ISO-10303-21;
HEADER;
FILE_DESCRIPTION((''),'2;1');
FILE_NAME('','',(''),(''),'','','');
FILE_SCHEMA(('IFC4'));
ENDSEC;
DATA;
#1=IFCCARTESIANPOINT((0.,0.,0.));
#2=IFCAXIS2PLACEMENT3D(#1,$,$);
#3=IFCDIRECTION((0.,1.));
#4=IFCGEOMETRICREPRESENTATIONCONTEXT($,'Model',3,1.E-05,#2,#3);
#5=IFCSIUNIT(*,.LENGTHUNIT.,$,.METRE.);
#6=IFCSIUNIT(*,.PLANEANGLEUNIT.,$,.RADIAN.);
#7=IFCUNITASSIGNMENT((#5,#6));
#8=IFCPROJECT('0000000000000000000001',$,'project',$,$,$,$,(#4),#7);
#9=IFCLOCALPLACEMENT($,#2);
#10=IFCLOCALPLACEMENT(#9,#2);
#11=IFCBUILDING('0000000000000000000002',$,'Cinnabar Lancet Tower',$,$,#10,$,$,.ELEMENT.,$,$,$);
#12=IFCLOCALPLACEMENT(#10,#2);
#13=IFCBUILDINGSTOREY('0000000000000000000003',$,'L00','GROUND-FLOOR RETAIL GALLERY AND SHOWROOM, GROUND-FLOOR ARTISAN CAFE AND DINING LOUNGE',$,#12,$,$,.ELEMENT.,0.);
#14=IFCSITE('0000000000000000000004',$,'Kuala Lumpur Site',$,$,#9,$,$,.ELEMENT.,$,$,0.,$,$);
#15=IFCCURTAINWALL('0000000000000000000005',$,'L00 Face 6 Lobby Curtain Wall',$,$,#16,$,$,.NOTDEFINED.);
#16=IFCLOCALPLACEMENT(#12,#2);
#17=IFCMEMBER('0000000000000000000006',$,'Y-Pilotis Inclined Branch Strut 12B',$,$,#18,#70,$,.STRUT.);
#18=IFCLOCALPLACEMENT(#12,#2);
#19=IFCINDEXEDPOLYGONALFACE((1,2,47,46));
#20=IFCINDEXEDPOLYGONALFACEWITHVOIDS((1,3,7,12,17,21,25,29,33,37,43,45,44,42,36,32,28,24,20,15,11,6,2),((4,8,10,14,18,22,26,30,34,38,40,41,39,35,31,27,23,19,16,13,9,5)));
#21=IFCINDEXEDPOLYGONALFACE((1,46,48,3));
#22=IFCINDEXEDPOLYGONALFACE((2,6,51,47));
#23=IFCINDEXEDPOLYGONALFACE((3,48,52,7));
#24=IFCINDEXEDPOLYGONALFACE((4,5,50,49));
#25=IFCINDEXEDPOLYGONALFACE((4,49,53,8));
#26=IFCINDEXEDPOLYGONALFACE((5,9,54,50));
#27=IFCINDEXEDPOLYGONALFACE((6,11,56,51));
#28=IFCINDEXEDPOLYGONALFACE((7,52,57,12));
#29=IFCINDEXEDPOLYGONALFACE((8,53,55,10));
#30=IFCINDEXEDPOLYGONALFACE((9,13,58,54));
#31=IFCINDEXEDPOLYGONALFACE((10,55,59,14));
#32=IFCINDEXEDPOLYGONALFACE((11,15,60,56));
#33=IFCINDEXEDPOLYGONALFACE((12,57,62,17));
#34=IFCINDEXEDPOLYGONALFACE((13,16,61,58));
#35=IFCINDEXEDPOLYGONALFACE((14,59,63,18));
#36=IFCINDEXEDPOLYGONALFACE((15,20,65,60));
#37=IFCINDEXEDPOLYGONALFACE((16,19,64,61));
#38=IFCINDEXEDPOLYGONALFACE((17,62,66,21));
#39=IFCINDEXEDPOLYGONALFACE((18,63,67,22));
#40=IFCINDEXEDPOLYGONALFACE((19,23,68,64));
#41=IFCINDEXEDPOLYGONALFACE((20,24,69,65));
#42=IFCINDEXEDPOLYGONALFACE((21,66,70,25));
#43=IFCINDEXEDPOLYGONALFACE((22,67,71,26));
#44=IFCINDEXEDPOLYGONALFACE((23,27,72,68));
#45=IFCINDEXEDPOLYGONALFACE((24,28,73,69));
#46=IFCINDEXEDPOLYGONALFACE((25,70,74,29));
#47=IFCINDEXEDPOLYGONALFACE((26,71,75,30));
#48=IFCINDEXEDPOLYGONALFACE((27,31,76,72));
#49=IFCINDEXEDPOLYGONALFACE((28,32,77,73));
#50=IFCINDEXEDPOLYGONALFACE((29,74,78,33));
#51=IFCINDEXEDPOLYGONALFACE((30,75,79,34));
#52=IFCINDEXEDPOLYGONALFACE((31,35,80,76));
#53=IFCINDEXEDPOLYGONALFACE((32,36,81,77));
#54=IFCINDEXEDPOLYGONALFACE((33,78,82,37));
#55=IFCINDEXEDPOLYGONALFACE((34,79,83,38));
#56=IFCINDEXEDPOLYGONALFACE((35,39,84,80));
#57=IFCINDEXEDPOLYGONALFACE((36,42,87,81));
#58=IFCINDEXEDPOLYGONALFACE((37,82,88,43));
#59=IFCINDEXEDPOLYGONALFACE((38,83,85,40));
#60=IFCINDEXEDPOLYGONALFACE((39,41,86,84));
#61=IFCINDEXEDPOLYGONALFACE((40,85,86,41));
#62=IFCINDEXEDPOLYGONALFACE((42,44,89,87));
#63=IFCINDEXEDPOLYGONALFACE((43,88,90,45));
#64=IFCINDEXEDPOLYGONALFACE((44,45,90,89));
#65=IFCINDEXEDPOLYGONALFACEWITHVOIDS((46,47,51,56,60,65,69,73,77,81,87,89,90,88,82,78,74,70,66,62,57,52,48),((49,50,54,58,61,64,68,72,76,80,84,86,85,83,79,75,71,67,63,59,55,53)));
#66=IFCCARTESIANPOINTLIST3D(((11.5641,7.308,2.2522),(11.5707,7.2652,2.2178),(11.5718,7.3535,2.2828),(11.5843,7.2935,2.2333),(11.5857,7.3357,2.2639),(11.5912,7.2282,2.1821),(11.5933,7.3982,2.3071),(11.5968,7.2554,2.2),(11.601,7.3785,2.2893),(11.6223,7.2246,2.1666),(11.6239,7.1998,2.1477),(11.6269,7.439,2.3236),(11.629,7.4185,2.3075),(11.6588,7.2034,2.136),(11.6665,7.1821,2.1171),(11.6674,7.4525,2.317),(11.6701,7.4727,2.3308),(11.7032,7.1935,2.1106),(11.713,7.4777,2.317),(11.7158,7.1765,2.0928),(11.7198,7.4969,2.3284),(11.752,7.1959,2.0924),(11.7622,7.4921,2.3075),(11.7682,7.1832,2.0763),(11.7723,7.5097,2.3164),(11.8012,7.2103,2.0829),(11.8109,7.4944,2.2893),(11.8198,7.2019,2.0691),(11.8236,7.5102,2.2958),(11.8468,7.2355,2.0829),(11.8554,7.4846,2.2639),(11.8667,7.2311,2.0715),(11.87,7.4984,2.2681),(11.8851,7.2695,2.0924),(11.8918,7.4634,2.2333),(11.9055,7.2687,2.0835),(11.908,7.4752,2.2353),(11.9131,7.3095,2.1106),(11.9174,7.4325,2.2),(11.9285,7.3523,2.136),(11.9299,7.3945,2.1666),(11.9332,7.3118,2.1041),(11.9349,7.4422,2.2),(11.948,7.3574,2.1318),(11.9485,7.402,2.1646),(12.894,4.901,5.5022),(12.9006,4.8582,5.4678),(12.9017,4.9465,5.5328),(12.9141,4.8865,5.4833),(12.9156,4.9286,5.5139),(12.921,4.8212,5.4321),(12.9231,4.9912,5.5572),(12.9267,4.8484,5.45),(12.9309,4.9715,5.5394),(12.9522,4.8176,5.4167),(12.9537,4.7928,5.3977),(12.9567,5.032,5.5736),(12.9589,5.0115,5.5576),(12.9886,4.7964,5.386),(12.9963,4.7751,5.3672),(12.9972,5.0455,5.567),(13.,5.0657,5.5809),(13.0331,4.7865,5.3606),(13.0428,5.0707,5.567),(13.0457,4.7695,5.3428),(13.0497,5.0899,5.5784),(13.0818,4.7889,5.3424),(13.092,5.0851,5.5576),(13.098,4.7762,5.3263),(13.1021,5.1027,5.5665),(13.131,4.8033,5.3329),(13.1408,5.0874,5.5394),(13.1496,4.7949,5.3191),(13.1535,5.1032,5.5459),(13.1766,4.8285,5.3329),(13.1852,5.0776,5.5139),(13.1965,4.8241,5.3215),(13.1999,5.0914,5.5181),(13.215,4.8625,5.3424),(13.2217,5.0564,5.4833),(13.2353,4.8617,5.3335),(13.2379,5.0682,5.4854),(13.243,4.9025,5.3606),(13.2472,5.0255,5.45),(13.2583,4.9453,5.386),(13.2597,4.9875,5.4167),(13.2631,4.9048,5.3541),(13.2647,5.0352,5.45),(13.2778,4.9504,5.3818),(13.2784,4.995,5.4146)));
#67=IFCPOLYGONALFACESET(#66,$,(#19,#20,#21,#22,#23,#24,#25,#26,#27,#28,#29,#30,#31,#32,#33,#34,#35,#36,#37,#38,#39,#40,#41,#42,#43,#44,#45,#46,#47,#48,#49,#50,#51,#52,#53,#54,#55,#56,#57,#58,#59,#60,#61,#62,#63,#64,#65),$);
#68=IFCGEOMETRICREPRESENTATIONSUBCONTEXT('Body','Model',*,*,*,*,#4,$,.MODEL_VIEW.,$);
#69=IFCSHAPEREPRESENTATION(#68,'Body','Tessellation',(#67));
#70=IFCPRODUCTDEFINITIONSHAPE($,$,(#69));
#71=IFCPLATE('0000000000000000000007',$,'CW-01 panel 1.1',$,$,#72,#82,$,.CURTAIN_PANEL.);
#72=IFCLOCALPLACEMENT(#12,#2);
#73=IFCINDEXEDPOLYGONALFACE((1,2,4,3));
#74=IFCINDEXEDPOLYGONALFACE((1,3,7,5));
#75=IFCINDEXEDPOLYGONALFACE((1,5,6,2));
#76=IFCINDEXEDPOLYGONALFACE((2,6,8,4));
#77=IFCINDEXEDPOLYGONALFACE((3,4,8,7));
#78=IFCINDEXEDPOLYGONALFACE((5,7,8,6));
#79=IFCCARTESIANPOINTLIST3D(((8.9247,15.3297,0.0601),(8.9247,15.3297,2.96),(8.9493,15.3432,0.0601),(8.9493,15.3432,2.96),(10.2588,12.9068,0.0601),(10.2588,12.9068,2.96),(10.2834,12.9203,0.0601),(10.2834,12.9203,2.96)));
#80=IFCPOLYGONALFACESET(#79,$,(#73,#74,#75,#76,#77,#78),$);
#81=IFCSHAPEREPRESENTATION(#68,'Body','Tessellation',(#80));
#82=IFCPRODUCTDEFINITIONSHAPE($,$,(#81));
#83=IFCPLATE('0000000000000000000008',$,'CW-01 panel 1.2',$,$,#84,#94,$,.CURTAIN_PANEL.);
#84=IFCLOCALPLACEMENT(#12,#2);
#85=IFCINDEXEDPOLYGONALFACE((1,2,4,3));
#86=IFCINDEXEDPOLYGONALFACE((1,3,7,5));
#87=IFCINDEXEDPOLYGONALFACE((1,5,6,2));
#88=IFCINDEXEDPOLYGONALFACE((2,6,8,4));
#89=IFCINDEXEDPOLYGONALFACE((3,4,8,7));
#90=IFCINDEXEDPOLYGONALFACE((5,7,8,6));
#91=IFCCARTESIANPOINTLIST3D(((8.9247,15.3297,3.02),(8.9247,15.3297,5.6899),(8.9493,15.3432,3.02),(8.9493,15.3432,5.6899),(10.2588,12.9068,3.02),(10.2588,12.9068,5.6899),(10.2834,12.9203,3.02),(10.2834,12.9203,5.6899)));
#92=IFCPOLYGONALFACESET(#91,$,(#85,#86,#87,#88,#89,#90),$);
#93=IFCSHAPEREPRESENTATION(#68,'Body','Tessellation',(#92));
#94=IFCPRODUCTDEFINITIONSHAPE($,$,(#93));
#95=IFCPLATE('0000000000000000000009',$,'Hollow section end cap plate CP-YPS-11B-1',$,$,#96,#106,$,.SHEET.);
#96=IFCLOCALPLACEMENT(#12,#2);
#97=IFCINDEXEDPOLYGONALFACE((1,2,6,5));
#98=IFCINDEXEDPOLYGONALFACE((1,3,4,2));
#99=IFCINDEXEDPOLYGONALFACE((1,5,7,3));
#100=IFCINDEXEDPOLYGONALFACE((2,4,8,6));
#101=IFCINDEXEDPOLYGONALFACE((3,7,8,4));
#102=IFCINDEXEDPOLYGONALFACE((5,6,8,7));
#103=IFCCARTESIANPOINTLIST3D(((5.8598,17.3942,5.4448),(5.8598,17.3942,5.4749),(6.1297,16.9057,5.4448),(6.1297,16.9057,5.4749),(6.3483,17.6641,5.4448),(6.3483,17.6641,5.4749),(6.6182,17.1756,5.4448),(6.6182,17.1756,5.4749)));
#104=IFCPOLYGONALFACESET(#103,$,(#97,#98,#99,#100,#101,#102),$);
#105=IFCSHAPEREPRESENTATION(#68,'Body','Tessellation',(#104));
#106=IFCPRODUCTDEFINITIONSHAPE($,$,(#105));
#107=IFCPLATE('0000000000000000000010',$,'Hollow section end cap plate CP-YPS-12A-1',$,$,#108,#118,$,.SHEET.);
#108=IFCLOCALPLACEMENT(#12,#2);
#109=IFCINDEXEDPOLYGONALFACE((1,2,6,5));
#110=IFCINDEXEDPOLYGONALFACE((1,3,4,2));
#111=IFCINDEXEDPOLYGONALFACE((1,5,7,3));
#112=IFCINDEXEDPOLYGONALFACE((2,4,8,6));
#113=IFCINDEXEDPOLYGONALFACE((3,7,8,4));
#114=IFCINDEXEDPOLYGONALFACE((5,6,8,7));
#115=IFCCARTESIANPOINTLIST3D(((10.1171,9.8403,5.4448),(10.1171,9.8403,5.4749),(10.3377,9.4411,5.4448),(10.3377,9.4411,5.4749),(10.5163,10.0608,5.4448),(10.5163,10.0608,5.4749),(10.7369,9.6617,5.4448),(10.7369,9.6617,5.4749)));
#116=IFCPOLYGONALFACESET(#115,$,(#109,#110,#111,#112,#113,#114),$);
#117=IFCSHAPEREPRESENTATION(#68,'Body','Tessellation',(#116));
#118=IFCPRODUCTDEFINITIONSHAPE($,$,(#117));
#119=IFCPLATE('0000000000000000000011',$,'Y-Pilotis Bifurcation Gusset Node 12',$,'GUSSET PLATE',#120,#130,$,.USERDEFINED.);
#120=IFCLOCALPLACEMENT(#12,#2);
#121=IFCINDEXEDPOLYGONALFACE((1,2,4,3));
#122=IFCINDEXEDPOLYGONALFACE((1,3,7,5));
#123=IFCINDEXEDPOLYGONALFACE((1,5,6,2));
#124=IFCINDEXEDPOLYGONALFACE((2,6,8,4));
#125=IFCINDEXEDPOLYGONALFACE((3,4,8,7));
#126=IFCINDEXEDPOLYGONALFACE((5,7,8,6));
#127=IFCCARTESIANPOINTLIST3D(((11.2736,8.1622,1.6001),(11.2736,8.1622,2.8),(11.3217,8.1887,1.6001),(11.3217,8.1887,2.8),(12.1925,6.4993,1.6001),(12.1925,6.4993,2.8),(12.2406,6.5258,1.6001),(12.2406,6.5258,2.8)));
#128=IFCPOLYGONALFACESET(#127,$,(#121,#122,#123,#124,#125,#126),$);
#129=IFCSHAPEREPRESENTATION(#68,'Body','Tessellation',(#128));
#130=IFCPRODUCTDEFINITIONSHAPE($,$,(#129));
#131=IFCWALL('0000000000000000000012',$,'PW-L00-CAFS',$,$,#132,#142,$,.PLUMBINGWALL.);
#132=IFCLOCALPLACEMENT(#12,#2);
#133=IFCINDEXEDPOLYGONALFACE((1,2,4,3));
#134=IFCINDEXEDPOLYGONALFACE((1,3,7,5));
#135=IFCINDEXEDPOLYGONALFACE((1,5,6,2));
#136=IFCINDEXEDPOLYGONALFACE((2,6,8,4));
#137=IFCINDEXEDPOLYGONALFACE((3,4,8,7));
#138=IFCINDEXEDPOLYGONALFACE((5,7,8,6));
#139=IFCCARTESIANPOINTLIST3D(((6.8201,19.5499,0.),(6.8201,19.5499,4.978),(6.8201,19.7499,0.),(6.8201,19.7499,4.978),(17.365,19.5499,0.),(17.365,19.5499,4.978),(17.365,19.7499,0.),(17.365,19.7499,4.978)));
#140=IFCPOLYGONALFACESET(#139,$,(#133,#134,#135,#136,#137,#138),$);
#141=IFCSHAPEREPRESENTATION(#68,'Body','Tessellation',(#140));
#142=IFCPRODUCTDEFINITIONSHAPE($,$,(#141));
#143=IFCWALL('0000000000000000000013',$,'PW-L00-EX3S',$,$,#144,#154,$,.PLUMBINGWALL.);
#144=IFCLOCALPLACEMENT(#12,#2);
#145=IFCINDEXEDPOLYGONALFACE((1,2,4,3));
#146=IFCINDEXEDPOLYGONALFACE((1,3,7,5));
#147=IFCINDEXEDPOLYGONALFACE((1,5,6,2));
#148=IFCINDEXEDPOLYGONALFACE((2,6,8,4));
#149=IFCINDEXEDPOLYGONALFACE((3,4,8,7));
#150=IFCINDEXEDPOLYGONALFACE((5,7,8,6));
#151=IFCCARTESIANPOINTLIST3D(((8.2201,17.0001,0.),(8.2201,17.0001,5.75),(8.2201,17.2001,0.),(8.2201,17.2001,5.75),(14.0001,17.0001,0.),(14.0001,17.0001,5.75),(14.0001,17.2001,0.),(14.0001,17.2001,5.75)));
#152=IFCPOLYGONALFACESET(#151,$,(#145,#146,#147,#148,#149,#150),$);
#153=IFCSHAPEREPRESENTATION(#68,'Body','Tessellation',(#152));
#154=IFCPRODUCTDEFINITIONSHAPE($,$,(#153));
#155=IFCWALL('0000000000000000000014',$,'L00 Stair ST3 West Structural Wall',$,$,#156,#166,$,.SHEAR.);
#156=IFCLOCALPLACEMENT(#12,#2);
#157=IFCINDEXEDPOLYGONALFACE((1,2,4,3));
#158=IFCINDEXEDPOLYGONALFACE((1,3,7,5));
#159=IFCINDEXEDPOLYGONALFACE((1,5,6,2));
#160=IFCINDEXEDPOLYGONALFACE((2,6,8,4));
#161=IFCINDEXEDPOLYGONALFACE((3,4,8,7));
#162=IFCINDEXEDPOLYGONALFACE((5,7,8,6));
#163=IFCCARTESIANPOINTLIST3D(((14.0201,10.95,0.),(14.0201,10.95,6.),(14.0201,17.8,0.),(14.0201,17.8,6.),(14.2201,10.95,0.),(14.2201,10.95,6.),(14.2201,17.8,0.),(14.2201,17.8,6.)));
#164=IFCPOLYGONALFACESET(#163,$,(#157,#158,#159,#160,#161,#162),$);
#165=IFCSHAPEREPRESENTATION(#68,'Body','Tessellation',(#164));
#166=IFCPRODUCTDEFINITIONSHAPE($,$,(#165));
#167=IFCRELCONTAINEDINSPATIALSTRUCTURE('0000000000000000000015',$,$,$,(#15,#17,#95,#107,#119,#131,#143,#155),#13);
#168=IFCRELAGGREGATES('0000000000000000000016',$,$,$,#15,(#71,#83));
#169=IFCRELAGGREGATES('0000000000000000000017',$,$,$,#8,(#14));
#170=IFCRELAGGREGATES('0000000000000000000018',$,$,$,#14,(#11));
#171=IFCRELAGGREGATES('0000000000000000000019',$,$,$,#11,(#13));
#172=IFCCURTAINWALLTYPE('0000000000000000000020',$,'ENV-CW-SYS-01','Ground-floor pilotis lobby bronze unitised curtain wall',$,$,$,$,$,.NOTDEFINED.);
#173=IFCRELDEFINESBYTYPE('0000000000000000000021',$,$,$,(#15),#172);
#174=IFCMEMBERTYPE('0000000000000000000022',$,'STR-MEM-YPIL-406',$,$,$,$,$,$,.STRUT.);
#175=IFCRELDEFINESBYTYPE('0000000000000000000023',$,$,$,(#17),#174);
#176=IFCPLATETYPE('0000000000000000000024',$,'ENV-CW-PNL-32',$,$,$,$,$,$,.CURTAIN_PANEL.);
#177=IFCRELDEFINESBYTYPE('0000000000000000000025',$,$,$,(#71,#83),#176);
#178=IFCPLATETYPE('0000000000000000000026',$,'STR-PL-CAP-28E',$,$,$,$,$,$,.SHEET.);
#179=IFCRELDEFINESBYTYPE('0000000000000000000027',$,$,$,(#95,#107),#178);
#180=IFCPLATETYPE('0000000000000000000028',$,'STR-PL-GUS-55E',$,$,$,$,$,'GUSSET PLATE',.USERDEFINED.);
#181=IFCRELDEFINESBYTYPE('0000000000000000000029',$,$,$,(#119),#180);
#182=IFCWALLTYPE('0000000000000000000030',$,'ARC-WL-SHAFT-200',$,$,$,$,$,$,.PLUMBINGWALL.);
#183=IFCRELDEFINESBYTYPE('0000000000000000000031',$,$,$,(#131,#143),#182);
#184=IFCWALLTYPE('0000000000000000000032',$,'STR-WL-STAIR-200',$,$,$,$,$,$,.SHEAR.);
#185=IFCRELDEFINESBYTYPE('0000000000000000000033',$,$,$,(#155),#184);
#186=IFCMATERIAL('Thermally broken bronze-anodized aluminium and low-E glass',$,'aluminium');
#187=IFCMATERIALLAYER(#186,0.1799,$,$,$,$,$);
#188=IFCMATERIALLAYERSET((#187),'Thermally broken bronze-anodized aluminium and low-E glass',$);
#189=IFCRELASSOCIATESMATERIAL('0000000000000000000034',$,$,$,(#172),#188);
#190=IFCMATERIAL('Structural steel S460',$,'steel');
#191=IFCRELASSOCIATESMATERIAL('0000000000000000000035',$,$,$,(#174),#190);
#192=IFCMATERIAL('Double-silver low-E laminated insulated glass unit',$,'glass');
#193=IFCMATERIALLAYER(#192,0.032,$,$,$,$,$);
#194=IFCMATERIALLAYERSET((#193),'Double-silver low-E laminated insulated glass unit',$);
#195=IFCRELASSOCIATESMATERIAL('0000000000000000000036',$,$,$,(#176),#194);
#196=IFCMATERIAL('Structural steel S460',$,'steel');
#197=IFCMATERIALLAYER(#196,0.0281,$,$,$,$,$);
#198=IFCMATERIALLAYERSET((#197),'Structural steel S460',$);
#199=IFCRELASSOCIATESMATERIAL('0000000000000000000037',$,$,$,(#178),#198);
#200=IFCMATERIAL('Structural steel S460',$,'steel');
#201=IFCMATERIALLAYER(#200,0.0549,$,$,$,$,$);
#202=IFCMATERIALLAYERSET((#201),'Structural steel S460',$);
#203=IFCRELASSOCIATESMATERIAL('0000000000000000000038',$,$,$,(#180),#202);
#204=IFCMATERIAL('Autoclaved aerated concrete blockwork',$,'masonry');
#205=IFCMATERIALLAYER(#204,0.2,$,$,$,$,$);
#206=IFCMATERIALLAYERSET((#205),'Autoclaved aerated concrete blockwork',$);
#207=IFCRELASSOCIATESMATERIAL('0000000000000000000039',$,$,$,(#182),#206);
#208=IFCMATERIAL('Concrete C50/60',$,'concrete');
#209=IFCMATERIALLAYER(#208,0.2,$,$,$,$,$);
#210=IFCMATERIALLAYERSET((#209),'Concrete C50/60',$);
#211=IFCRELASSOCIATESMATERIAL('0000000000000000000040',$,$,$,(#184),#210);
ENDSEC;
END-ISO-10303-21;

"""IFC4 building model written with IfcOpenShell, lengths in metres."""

from ifc_helpers import new_model, si_unit, direction, frame, frame_2d, origin, origin_2d, place, context, subcontext, project, spatial, rectangle, hollow_circle, extrude, material, layer, layer_set, material_profile, profile_set, type_object, element, aggregate, save


model = new_model("IFC4")

# Units and contexts
model_context = context("Model", 3, precision=1e-05, world=origin(), true_north=direction((0.0, 1.0)))
body_context = subcontext(model_context, "Body", "Model", "MODEL_VIEW")
ifc_project = project(units=[si_unit("LENGTHUNIT", "METRE"), si_unit("PLANEANGLEUNIT", "RADIAN")], contexts=[model_context])

# Site, building, storey
site_placement = place(None, origin())
site = spatial("IfcSite", under=ifc_project, at=site_placement, Name="Kuala Lumpur Site", CompositionType="ELEMENT", RefElevation=0.0)
building_placement = place(site_placement, origin())
building = spatial("IfcBuilding", under=site, at=building_placement, Name="Cinnabar Lancet Tower", CompositionType="ELEMENT")
storey_placement = place(building_placement, origin())
storey = spatial("IfcBuildingStorey", under=building, at=storey_placement, Name="L00", Description="GROUND-FLOOR RETAIL GALLERY AND SHOWROOM, GROUND-FLOOR ARTISAN CAFE AND DINING LOUNGE", CompositionType="ELEMENT", Elevation=0.0)

# Curtain wall
ifc_material_1 = material(Name="Thermally broken bronze-anodized aluminium and low-E glass", Category="aluminium")
ifc_layer_1 = layer(ifc_material_1, 0.1799)
ifc_layer_set_1 = layer_set([ifc_layer_1], Name="Thermally broken bronze-anodized aluminium and low-E glass")
curtain_wall_type = type_object("IfcCurtainWallType", Name="ENV-CW-SYS-01", Description="Ground-floor pilotis lobby bronze unitised curtain wall", PredefinedType="NOTDEFINED", material=ifc_layer_set_1)
curtain_wall_placement = place(storey_placement, origin())
curtain_wall = element("IfcCurtainWall", 1, at=curtain_wall_placement, inside=storey, type_object=curtain_wall_type, Name="L00 Face 6 Lobby Curtain Wall", PredefinedType="NOTDEFINED")

# Member
ifc_material_2 = material(Name="Structural steel S460", Category="steel")
ifc_material_profile_1 = material_profile(ifc_material_2, hollow_circle(Radius=0.2031, WallThickness=0.02, at=origin_2d()), Name="CHS 406.4x20")
ifc_profile_set_1 = profile_set([ifc_material_profile_1], Name="Structural steel S460")
member_type_1 = type_object("IfcMemberType", Name="STR-MEM-YPIL-406", PredefinedType="STRUT", material=ifc_profile_set_1)
for number, where, z_axis, x_axis, name in (
    (2, (11.7571, 7.344, 2.2), (0.312366, -0.565379, 0.763396), (0.875294, 0.483591, 0.0), "Y-Pilotis Inclined Branch Strut 12B"),
):
    element("IfcMember", number, at=place(storey_placement, frame(where, z_axis=z_axis, x_axis=x_axis)), inside=storey, type_object=member_type_1, Name=name, PredefinedType="STRUT", context=body_context, shape_type="SweptSolid", body=[
        extrude(hollow_circle(Radius=0.2031, WallThickness=0.02, at=origin_2d()), origin(), (0.0, 0.0, 1.0), 4.2573),
    ])

# Plates
ifc_material_3 = material(Name="Double-silver low-E laminated insulated glass unit", Category="glass")
ifc_layer_2 = layer(ifc_material_3, 0.032)
ifc_layer_set_2 = layer_set([ifc_layer_2], Name="Double-silver low-E laminated insulated glass unit")
plate_type_1 = type_object("IfcPlateType", Name="ENV-CW-PNL-32", PredefinedType="CURTAIN_PANEL", material=ifc_layer_set_2)
plate_1_placement = place(storey_placement, frame((9.604, 14.125, 0.0601), z_axis=(0.0, 0.0, 1.0), x_axis=(-0.482344, 0.875982, 0.0)))
plate_1 = element("IfcPlate", 3, at=plate_1_placement, type_object=plate_type_1, Name="CW-01 panel 1.1", PredefinedType="CURTAIN_PANEL", context=body_context, shape_type="SweptSolid", body=[
    extrude(rectangle(XDim=2.7659, YDim=0.0281, at=origin_2d()), origin(), (0.0, 0.0, 1.0), 2.8999),
])
plate_2_placement = place(storey_placement, frame((9.604, 14.125, 3.02), z_axis=(0.0, 0.0, 1.0), x_axis=(-0.482344, 0.875982, 0.0)))
plate_2 = element("IfcPlate", 4, at=plate_2_placement, type_object=plate_type_1, Name="CW-01 panel 1.2", PredefinedType="CURTAIN_PANEL", context=body_context, shape_type="SweptSolid", body=[
    extrude(rectangle(XDim=2.7659, YDim=0.0281, at=origin_2d()), origin(), (0.0, 0.0, 1.0), 2.6699),
])
aggregate(curtain_wall, [plate_1, plate_2])

# Plates
ifc_material_4 = material(Name="Structural steel S460", Category="steel")
ifc_layer_3 = layer(ifc_material_4, 0.0281)
ifc_layer_set_3 = layer_set([ifc_layer_3], Name="Structural steel S460")
plate_type_2 = type_object("IfcPlateType", Name="STR-PL-CAP-28E", PredefinedType="SHEET", material=ifc_layer_set_3)
plate_3_placement = place(storey_placement, frame((6.239, 17.2849, 5.4448), z_axis=(0.0, 0.0, 1.0), x_axis=(0.483634, -0.87527, 0.0)))
element("IfcPlate", 5, at=plate_3_placement, inside=storey, type_object=plate_type_2, Name="Hollow section end cap plate CP-YPS-11B-1", PredefinedType="SHEET", context=body_context, shape_type="SweptSolid", body=[
    extrude(rectangle(XDim=0.5581, YDim=0.5581, at=origin_2d()), origin(), (0.0, 0.0, 1.0), 0.03),
])
plate_4_placement = place(storey_placement, frame((10.427, 9.751, 5.4448), z_axis=(0.0, 0.0, 1.0), x_axis=(-0.483634, 0.87527, 0.0)))
element("IfcPlate", 6, at=plate_4_placement, inside=storey, type_object=plate_type_2, Name="Hollow section end cap plate CP-YPS-12A-1", PredefinedType="SHEET", context=body_context, shape_type="SweptSolid", body=[
    extrude(rectangle(XDim=0.4561, YDim=0.4561, at=origin_2d()), origin(), (0.0, 0.0, 1.0), 0.03),
])
ifc_material_5 = material(Name="Structural steel S460", Category="steel")
ifc_layer_4 = layer(ifc_material_5, 0.0549)
ifc_layer_set_4 = layer_set([ifc_layer_4], Name="Structural steel S460")
plate_type_3 = type_object("IfcPlateType", Name="STR-PL-GUS-55E", ElementType="GUSSET PLATE", PredefinedType="USERDEFINED", material=ifc_layer_set_4)
plate_5_placement = place(storey_placement, frame((11.7571, 7.344, 1.6001), z_axis=(0.0, 0.0, 1.0), x_axis=(0.483664, -0.875254, 0.0)))
element("IfcPlate", 7, at=plate_5_placement, inside=storey, type_object=plate_type_3, Name="Y-Pilotis Bifurcation Gusset Node 12", ObjectType="GUSSET PLATE", PredefinedType="USERDEFINED", context=body_context, shape_type="SweptSolid", body=[
    extrude(rectangle(XDim=1.8999, YDim=0.0549, at=origin_2d()), origin(), (0.0, 0.0, 1.0), 1.2),
])

# Walls
ifc_material_6 = material(Name="Autoclaved aerated concrete blockwork", Category="masonry")
ifc_layer_5 = layer(ifc_material_6, 0.2)
ifc_layer_set_5 = layer_set([ifc_layer_5], Name="Autoclaved aerated concrete blockwork")
wall_type_1 = type_object("IfcWallType", Name="ARC-WL-SHAFT-200", PredefinedType="PLUMBINGWALL", material=ifc_layer_set_5)
wall_1_placement = place(storey_placement, frame((6.8201, 19.6499, 0.0), z_axis=(0.0, 0.0, 1.0), x_axis=(1.0, 0.0, 0.0)))
element("IfcWall", 8, at=wall_1_placement, inside=storey, type_object=wall_type_1, Name="PW-L00-CAFS", PredefinedType="PLUMBINGWALL", context=body_context, shape_type="SweptSolid", body=[
    extrude(rectangle(XDim=10.5449, YDim=0.2, at=frame_2d((5.2725, 0.0))), origin(), (0.0, 0.0, 1.0), 4.978),
])
wall_2_placement = place(storey_placement, frame((8.22, 17.1001, 0.0), z_axis=(0.0, 0.0, 1.0), x_axis=(1.0, 0.0, 0.0)))
element("IfcWall", 9, at=wall_2_placement, inside=storey, type_object=wall_type_1, Name="PW-L00-EX3S", PredefinedType="PLUMBINGWALL", context=body_context, shape_type="SweptSolid", body=[
    extrude(rectangle(XDim=5.78, YDim=0.2, at=frame_2d((2.8901, 0.0))), origin(), (0.0, 0.0, 1.0), 5.75),
])

# Wall
ifc_material_7 = material(Name="Concrete C50/60", Category="concrete")
ifc_layer_6 = layer(ifc_material_7, 0.2)
ifc_layer_set_6 = layer_set([ifc_layer_6], Name="Concrete C50/60")
wall_type_2 = type_object("IfcWallType", Name="STR-WL-STAIR-200", PredefinedType="SHEAR", material=ifc_layer_set_6)
wall_3_placement = place(storey_placement, frame((14.1201, 10.95, 0.0), z_axis=(0.0, 0.0, 1.0), x_axis=(0.0, 1.0, 0.0)))
element("IfcWall", 10, at=wall_3_placement, inside=storey, type_object=wall_type_2, Name="L00 Stair ST3 West Structural Wall", PredefinedType="SHEAR", context=body_context, shape_type="SweptSolid", body=[
    extrude(rectangle(XDim=6.8501, YDim=0.2, at=frame_2d((3.425, 0.0))), origin(), (0.0, 0.0, 1.0), 6.0),
])

save(model, "model.ifc")
